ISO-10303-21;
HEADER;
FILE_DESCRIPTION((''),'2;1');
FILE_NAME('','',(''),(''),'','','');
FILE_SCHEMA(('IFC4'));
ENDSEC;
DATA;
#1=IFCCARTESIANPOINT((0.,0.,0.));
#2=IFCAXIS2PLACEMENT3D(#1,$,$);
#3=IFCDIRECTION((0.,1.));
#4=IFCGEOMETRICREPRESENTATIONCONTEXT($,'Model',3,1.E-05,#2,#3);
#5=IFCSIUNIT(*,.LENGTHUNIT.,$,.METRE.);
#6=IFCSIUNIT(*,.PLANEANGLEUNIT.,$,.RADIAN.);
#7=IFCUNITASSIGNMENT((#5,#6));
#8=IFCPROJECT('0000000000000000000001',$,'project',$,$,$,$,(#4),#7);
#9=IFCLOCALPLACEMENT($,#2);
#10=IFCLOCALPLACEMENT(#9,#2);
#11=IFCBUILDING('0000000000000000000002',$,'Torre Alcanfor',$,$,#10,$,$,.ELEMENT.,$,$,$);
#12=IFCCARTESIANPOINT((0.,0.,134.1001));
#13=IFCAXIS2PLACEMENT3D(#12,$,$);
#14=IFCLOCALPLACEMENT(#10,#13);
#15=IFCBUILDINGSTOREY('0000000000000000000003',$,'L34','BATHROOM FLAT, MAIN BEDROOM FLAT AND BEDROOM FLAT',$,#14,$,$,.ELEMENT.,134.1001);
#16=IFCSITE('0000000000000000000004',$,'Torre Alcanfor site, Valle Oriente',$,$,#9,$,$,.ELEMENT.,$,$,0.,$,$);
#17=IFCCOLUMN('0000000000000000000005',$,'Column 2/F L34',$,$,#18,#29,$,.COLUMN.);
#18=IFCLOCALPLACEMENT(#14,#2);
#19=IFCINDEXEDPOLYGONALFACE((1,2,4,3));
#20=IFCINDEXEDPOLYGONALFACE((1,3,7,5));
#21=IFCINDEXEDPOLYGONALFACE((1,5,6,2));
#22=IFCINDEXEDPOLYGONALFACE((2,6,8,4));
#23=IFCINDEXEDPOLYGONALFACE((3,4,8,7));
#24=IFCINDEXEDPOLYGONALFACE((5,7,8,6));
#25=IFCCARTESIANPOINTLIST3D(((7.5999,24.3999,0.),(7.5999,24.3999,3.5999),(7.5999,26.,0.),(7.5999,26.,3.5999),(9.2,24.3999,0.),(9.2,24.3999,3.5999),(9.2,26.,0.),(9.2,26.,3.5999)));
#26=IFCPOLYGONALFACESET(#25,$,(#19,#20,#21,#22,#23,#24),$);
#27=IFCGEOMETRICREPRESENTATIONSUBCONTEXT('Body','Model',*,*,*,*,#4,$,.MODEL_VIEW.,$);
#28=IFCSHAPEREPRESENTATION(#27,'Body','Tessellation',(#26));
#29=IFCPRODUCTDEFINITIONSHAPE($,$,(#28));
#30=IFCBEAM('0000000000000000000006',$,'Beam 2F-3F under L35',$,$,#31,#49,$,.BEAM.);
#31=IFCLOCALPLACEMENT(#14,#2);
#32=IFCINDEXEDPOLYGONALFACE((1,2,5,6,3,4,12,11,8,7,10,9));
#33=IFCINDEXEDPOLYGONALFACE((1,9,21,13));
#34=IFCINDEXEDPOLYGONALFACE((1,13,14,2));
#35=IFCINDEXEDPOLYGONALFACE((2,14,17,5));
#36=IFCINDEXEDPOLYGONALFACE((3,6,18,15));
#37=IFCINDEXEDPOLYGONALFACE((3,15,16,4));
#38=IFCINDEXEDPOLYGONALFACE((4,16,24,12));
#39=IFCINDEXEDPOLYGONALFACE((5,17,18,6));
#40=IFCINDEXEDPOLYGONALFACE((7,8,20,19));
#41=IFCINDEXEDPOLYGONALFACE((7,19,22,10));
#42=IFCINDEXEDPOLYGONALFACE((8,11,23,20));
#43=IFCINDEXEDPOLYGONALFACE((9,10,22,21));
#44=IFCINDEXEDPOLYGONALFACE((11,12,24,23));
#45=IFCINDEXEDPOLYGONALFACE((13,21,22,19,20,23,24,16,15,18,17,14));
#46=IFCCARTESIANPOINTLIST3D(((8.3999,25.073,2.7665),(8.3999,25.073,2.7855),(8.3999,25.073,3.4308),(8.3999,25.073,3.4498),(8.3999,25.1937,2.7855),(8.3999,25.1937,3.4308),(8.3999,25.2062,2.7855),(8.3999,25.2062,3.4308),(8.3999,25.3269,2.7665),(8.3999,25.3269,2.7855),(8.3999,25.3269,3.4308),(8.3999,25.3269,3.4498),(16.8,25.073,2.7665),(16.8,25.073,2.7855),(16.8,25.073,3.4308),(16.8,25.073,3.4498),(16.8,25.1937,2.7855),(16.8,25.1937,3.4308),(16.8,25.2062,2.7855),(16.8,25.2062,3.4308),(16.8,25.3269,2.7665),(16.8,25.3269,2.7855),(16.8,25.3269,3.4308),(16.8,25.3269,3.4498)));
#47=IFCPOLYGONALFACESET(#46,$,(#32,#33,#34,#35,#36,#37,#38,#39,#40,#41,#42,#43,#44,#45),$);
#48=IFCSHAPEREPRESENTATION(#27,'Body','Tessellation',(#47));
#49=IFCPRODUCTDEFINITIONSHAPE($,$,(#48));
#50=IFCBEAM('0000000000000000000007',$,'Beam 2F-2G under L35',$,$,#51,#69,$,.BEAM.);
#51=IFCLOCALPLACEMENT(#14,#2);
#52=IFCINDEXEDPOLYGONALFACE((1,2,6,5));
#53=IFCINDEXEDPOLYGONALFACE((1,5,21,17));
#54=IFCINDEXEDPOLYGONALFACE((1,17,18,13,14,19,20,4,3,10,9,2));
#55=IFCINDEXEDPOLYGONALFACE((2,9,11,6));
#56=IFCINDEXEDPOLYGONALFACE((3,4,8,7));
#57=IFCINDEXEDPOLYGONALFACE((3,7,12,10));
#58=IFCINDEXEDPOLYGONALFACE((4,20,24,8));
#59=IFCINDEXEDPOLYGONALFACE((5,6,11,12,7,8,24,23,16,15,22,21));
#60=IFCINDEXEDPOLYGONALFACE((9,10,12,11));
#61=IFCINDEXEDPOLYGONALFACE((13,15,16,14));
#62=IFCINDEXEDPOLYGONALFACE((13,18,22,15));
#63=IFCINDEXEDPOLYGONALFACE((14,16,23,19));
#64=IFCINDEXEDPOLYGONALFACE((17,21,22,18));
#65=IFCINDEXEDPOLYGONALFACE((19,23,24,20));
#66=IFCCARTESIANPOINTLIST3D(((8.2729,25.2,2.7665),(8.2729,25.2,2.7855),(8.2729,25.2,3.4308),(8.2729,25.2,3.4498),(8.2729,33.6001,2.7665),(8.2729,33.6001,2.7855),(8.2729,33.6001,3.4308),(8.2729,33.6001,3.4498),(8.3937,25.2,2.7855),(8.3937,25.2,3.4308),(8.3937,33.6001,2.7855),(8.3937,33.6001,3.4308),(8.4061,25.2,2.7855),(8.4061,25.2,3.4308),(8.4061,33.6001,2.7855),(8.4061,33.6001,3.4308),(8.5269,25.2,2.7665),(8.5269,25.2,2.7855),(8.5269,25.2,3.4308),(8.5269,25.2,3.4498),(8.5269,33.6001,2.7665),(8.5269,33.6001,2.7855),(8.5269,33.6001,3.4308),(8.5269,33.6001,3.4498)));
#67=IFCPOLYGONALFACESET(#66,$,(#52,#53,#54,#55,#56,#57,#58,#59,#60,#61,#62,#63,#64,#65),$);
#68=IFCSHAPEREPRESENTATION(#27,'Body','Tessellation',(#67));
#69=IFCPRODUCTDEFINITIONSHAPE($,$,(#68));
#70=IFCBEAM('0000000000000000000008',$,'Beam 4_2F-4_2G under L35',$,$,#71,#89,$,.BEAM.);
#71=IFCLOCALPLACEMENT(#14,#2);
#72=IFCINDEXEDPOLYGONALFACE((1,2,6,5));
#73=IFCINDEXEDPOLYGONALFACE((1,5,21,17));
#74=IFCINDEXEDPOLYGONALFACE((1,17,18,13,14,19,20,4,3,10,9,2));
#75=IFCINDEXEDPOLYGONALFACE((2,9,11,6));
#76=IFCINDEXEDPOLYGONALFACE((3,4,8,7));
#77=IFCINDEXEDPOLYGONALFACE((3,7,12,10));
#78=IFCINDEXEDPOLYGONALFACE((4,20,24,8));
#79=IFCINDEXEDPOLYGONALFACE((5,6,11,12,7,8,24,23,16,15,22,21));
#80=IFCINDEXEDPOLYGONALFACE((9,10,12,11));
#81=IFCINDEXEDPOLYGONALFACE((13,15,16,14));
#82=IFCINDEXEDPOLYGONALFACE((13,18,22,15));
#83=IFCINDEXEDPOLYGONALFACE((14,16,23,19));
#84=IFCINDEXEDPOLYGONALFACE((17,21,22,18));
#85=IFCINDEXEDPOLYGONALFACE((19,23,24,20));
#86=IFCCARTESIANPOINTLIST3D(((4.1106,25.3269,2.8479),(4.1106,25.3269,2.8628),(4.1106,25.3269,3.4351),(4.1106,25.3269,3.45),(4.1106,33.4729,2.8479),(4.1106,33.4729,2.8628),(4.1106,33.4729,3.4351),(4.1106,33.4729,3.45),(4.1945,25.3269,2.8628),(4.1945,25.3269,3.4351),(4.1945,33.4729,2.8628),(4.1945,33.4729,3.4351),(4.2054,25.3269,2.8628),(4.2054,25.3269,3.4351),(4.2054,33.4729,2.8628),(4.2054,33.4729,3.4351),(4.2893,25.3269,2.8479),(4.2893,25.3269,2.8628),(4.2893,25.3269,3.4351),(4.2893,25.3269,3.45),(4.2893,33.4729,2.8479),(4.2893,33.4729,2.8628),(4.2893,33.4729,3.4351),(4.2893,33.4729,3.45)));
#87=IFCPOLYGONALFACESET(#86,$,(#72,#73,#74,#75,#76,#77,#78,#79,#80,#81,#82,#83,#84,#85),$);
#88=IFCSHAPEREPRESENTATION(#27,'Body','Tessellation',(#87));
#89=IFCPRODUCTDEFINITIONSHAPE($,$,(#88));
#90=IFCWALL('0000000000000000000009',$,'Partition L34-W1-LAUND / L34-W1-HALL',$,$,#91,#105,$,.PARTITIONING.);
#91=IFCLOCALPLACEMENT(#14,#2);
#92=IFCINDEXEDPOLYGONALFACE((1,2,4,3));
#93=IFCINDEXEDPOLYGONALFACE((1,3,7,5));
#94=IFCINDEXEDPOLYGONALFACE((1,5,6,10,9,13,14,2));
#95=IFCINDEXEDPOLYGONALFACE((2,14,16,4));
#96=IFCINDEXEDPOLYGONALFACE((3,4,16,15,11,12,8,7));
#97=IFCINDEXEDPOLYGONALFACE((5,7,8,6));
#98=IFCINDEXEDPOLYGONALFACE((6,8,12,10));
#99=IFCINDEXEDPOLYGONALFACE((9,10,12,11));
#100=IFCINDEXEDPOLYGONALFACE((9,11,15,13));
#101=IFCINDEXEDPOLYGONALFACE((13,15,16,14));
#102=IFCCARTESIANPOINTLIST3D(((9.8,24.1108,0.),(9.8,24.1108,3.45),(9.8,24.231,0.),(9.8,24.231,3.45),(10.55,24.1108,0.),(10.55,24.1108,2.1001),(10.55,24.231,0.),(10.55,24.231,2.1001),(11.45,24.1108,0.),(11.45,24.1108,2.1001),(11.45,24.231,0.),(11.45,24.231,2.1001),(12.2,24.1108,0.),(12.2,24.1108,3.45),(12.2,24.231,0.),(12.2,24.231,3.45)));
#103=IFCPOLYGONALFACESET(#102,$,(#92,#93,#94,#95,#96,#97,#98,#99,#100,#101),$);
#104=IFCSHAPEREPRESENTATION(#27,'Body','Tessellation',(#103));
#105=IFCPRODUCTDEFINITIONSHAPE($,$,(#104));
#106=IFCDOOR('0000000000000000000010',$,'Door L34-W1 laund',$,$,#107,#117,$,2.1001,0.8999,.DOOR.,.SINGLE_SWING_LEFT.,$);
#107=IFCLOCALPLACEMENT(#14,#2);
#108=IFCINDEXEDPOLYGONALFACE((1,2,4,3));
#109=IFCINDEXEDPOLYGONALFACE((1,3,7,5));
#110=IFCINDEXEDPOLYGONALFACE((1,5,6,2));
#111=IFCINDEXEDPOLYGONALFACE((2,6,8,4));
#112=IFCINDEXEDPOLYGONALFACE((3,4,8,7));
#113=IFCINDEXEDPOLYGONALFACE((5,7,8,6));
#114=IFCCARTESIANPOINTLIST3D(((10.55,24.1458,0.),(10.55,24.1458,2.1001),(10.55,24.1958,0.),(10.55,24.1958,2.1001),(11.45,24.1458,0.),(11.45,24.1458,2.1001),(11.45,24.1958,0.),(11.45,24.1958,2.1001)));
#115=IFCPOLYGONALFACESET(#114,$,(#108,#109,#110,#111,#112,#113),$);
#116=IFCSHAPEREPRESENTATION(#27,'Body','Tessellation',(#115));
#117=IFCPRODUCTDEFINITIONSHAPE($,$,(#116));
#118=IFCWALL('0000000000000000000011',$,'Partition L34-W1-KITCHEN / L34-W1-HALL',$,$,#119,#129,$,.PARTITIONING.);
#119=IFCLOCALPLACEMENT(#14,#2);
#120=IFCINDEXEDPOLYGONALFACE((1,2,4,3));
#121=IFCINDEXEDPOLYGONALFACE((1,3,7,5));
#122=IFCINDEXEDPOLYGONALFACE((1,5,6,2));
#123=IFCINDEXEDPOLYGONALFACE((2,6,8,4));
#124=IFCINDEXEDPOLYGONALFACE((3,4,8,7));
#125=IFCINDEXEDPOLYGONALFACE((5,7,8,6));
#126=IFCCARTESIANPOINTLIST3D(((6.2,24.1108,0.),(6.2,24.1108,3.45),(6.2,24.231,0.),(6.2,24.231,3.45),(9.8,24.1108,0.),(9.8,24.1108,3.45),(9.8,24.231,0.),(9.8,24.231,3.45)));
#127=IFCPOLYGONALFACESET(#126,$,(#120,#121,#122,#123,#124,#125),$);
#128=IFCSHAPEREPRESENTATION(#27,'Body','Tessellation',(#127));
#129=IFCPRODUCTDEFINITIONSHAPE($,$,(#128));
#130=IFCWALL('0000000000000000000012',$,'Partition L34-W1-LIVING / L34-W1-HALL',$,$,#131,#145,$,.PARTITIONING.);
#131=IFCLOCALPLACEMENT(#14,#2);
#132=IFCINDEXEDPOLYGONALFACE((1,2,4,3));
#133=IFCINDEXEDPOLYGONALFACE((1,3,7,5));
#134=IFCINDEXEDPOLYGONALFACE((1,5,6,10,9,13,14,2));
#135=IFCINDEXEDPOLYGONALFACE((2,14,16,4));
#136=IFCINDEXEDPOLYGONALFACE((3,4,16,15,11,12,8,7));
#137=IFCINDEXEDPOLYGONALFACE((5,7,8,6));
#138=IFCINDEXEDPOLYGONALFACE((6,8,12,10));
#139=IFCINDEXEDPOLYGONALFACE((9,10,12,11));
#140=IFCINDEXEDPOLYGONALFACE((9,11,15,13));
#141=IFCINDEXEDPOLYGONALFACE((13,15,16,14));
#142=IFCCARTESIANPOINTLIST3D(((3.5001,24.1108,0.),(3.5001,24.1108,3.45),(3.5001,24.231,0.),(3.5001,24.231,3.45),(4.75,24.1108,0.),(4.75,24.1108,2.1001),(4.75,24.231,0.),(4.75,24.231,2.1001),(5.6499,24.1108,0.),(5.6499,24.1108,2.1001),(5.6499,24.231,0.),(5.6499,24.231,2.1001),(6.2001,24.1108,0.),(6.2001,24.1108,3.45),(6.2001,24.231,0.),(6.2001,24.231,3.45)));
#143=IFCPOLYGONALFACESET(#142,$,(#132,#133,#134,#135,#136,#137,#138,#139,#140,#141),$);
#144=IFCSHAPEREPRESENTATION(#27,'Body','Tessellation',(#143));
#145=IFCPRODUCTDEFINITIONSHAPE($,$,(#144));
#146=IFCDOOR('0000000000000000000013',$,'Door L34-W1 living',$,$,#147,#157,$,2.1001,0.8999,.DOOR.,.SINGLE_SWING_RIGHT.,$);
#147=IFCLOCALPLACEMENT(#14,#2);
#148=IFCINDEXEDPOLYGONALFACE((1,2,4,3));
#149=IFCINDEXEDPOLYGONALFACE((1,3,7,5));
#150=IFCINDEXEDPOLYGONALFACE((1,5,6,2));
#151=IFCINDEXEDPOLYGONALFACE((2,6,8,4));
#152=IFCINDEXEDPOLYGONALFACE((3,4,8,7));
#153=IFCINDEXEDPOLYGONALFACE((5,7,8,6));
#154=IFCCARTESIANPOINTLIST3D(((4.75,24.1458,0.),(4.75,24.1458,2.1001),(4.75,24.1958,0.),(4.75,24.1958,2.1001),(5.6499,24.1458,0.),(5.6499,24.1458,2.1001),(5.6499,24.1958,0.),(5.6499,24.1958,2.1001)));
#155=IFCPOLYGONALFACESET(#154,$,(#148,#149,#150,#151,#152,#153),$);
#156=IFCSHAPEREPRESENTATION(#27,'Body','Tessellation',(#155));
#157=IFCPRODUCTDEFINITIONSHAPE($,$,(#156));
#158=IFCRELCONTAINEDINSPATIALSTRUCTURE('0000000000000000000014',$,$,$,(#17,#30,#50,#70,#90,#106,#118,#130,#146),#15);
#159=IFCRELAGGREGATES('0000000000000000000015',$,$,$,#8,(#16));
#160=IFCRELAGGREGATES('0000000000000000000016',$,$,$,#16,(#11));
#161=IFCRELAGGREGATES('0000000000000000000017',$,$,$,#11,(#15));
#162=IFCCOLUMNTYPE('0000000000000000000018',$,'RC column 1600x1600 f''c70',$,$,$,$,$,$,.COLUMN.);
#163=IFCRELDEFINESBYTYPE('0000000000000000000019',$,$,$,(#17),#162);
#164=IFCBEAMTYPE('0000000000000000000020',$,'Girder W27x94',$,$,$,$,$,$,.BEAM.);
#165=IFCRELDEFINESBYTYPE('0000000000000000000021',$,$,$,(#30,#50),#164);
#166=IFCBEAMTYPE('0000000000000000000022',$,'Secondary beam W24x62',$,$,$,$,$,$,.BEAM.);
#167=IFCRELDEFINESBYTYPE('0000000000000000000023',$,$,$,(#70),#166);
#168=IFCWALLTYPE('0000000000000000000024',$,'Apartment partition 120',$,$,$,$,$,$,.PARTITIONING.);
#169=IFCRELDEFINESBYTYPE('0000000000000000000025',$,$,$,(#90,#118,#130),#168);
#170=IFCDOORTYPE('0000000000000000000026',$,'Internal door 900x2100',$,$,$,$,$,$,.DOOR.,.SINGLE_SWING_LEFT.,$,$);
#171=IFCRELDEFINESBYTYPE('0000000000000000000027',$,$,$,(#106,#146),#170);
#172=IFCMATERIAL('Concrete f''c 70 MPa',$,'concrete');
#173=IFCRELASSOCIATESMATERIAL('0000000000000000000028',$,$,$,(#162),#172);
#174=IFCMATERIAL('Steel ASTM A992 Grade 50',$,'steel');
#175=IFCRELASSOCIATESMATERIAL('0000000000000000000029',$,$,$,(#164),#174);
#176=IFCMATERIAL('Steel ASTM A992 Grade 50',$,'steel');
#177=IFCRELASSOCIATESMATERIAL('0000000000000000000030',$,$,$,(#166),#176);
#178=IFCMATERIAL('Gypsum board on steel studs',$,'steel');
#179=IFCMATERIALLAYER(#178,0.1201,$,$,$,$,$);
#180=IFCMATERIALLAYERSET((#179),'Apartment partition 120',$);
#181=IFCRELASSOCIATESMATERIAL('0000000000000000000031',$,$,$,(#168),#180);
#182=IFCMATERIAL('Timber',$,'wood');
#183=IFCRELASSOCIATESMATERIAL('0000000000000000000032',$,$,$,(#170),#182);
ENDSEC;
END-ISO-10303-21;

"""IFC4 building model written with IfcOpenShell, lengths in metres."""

from ifc_helpers import new_model, si_unit, direction, frame, frame_2d, origin, origin_2d, place, context, subcontext, project, spatial, rectangle, i_section, extrude, material, layer, layer_set, material_profile, profile_set, type_object, element, fill, save


model = new_model("IFC4")

# Units and contexts
model_context = context("Model", 3, precision=1e-05, world=origin(), true_north=direction((0.0, 1.0)))
body_context = subcontext(model_context, "Body", "Model", "MODEL_VIEW")
ifc_project = project(units=[si_unit("LENGTHUNIT", "METRE"), si_unit("PLANEANGLEUNIT", "RADIAN")], contexts=[model_context])

# Site, building, storey
site_placement = place(None, origin())
site = spatial("IfcSite", under=ifc_project, at=site_placement, Name="Torre Alcanfor site, Valle Oriente", CompositionType="ELEMENT", RefElevation=0.0)
building_placement = place(site_placement, origin())
building = spatial("IfcBuilding", under=site, at=building_placement, Name="Torre Alcanfor", CompositionType="ELEMENT")
storey_placement = place(building_placement, frame((0.0, 0.0, 134.1001)))
storey = spatial("IfcBuildingStorey", under=building, at=storey_placement, Name="L34", Description="BATHROOM FLAT, MAIN BEDROOM FLAT AND BEDROOM FLAT", CompositionType="ELEMENT", Elevation=134.1001)

# Column
ifc_material_1 = material(Name="Concrete f'c 70 MPa", Category="concrete")
ifc_material_profile_1 = material_profile(ifc_material_1, rectangle(XDim=1.6001, YDim=1.6001, at=origin_2d()), Name="1600x1600")
ifc_profile_set_1 = profile_set([ifc_material_profile_1], Name="Concrete f'c 70 MPa")
column_type = type_object("IfcColumnType", Name="RC column 1600x1600 f'c70", PredefinedType="COLUMN", material=ifc_profile_set_1)
column_placement = place(storey_placement, frame((8.3999, 25.2, 0.0), z_axis=(0.0, 0.0, 1.0), x_axis=(1.0, 0.0, 0.0)))
element("IfcColumn", 1, at=column_placement, inside=storey, type_object=column_type, Name="Column 2/F L34", PredefinedType="COLUMN", context=body_context, shape_type="SweptSolid", body=[
    extrude(rectangle(XDim=1.6001, YDim=1.6001, at=origin_2d()), origin(), (0.0, 0.0, 1.0), 3.5999),
])

# Beams
ifc_material_2 = material(Name="Steel ASTM A992 Grade 50", Category="steel")
ifc_material_profile_2 = material_profile(ifc_material_2, i_section(OverallWidth=0.2539, OverallDepth=0.6833, WebThickness=0.0125, FlangeThickness=0.019, at=origin_2d()), Name="W27x94")
ifc_profile_set_2 = profile_set([ifc_material_profile_2], Name="Steel ASTM A992 Grade 50")
beam_type_1 = type_object("IfcBeamType", Name="Girder W27x94", PredefinedType="BEAM", material=ifc_profile_set_2)
for number, where, z_axis, x_axis, name in (
    (2, (8.3999, 25.2, 3.1082), (1.0, 0.0, 0.0), (0.0, 1.0, 0.0), "Beam 2F-3F under L35"),
    (3, (8.3999, 25.2, 3.1082), (0.0, 1.0, 0.0), (-1.0, 0.0, 0.0), "Beam 2F-2G under L35"),
):
    element("IfcBeam", number, at=place(storey_placement, frame(where, z_axis=z_axis, x_axis=x_axis)), inside=storey, type_object=beam_type_1, Name=name, PredefinedType="BEAM", context=body_context, shape_type="SweptSolid", body=[
        extrude(i_section(OverallWidth=0.2539, OverallDepth=0.6833, WebThickness=0.0125, FlangeThickness=0.019, at=origin_2d()), origin(), (0.0, 0.0, 1.0), 8.4001),
    ])
ifc_material_3 = material(Name="Steel ASTM A992 Grade 50", Category="steel")
ifc_material_profile_3 = material_profile(ifc_material_3, i_section(OverallWidth=0.1787, OverallDepth=0.6021, WebThickness=0.011, FlangeThickness=0.0149, at=origin_2d()), Name="W24x62")
ifc_profile_set_3 = profile_set([ifc_material_profile_3], Name="Steel ASTM A992 Grade 50")
beam_type_2 = type_object("IfcBeamType", Name="Secondary beam W24x62", PredefinedType="BEAM", material=ifc_profile_set_3)
beam_placement = place(storey_placement, frame((4.2, 25.3269, 3.1489), z_axis=(0.0, 1.0, 0.0), x_axis=(-1.0, 0.0, 0.0)))
element("IfcBeam", 4, at=beam_placement, inside=storey, type_object=beam_type_2, Name="Beam 4_2F-4_2G under L35", PredefinedType="BEAM", context=body_context, shape_type="SweptSolid", body=[
    extrude(i_section(OverallWidth=0.1787, OverallDepth=0.6021, WebThickness=0.011, FlangeThickness=0.0149, at=origin_2d()), origin(), (0.0, 0.0, 1.0), 8.146),
])

# Wall, opening, door
ifc_material_4 = material(Name="Gypsum board on steel studs", Category="steel")
ifc_layer_1 = layer(ifc_material_4, 0.1201)
ifc_layer_set_1 = layer_set([ifc_layer_1], Name="Apartment partition 120")
wall_type_1 = type_object("IfcWallType", Name="Apartment partition 120", PredefinedType="PARTITIONING", material=ifc_layer_set_1)
wall_1_placement = place(storey_placement, frame((9.8, 24.1709, 0.0), z_axis=(0.0, 0.0, 1.0), x_axis=(1.0, 0.0, 0.0)))
wall_1 = element("IfcWall", 5, at=wall_1_placement, inside=storey, type_object=wall_type_1, Name="Partition L34-W1-LAUND / L34-W1-HALL", PredefinedType="PARTITIONING", context=body_context, shape_type="SweptSolid", body=[
    extrude(rectangle(XDim=2.3999, YDim=0.1201, at=frame_2d((1.2, 0.0))), origin(), (0.0, 0.0, 1.0), 3.45),
])
opening_1_placement = place(wall_1_placement, frame((0.75, 0.0, 0.0)))
opening_1 = element("IfcOpeningElement", 6, at=opening_1_placement, cuts=wall_1, PredefinedType="OPENING", context=body_context, shape_type="SweptSolid", body=[
    extrude(rectangle(XDim=0.8999, YDim=2.1001, at=frame_2d((0.45, 1.05))), frame((0.0, 0.0701, 0.0), z_axis=(0.0, -1.0, 0.0), x_axis=(1.0, 0.0, 0.0)), (0.0, 0.0, 1.0), 0.1401),
])
ifc_material_5 = material(Name="Timber", Category="wood")
door_type_1 = type_object("IfcDoorType", Name="Internal door 900x2100", OperationType="SINGLE_SWING_LEFT", PredefinedType="DOOR", material=ifc_material_5)
door_1_placement = place(opening_1_placement, origin())
door_1 = element("IfcDoor", 7, at=door_1_placement, inside=storey, type_object=door_type_1, Name="Door L34-W1 laund", OperationType="SINGLE_SWING_LEFT", OverallHeight=2.1001, OverallWidth=0.8999, PredefinedType="DOOR", context=body_context, shape_type="SweptSolid", body=[
    extrude(rectangle(XDim=0.8999, YDim=2.1001, at=frame_2d((0.45, 1.05))), frame((0.0, 0.0249, 0.0), z_axis=(0.0, -1.0, 0.0), x_axis=(1.0, 0.0, 0.0)), (0.0, 0.0, 1.0), 0.05),
])
fill(opening_1, door_1)

# Wall
wall_2_placement = place(storey_placement, frame((6.2, 24.1709, 0.0), z_axis=(0.0, 0.0, 1.0), x_axis=(1.0, 0.0, 0.0)))
element("IfcWall", 8, at=wall_2_placement, inside=storey, type_object=wall_type_1, Name="Partition L34-W1-KITCHEN / L34-W1-HALL", PredefinedType="PARTITIONING", context=body_context, shape_type="SweptSolid", body=[
    extrude(rectangle(XDim=3.6001, YDim=0.1201, at=frame_2d((1.8, 0.0))), origin(), (0.0, 0.0, 1.0), 3.45),
])

# Wall, opening, door
wall_3_placement = place(storey_placement, frame((3.5, 24.1709, 0.0), z_axis=(0.0, 0.0, 1.0), x_axis=(1.0, 0.0, 0.0)))
wall_3 = element("IfcWall", 9, at=wall_3_placement, inside=storey, type_object=wall_type_1, Name="Partition L34-W1-LIVING / L34-W1-HALL", PredefinedType="PARTITIONING", context=body_context, shape_type="SweptSolid", body=[
    extrude(rectangle(XDim=2.7, YDim=0.1201, at=frame_2d((1.3501, 0.0))), origin(), (0.0, 0.0, 1.0), 3.45),
])
opening_2_placement = place(wall_3_placement, frame((1.25, 0.0, 0.0)))
opening_2 = element("IfcOpeningElement", 10, at=opening_2_placement, cuts=wall_3, PredefinedType="OPENING", context=body_context, shape_type="SweptSolid", body=[
    extrude(rectangle(XDim=0.8999, YDim=2.1001, at=frame_2d((0.45, 1.05))), frame((0.0, 0.0701, 0.0), z_axis=(0.0, -1.0, 0.0), x_axis=(1.0, 0.0, 0.0)), (0.0, 0.0, 1.0), 0.1401),
])
door_2_placement = place(opening_2_placement, origin())
door_2 = element("IfcDoor", 11, at=door_2_placement, inside=storey, type_object=door_type_1, Name="Door L34-W1 living", OperationType="SINGLE_SWING_RIGHT", OverallHeight=2.1001, OverallWidth=0.8999, PredefinedType="DOOR", context=body_context, shape_type="SweptSolid", body=[
    extrude(rectangle(XDim=0.8999, YDim=2.1001, at=frame_2d((0.45, 1.05))), frame((0.0, 0.0249, 0.0), z_axis=(0.0, -1.0, 0.0), x_axis=(1.0, 0.0, 0.0)), (0.0, 0.0, 1.0), 0.05),
])
fill(opening_2, door_2)

save(model, "model.ifc")
